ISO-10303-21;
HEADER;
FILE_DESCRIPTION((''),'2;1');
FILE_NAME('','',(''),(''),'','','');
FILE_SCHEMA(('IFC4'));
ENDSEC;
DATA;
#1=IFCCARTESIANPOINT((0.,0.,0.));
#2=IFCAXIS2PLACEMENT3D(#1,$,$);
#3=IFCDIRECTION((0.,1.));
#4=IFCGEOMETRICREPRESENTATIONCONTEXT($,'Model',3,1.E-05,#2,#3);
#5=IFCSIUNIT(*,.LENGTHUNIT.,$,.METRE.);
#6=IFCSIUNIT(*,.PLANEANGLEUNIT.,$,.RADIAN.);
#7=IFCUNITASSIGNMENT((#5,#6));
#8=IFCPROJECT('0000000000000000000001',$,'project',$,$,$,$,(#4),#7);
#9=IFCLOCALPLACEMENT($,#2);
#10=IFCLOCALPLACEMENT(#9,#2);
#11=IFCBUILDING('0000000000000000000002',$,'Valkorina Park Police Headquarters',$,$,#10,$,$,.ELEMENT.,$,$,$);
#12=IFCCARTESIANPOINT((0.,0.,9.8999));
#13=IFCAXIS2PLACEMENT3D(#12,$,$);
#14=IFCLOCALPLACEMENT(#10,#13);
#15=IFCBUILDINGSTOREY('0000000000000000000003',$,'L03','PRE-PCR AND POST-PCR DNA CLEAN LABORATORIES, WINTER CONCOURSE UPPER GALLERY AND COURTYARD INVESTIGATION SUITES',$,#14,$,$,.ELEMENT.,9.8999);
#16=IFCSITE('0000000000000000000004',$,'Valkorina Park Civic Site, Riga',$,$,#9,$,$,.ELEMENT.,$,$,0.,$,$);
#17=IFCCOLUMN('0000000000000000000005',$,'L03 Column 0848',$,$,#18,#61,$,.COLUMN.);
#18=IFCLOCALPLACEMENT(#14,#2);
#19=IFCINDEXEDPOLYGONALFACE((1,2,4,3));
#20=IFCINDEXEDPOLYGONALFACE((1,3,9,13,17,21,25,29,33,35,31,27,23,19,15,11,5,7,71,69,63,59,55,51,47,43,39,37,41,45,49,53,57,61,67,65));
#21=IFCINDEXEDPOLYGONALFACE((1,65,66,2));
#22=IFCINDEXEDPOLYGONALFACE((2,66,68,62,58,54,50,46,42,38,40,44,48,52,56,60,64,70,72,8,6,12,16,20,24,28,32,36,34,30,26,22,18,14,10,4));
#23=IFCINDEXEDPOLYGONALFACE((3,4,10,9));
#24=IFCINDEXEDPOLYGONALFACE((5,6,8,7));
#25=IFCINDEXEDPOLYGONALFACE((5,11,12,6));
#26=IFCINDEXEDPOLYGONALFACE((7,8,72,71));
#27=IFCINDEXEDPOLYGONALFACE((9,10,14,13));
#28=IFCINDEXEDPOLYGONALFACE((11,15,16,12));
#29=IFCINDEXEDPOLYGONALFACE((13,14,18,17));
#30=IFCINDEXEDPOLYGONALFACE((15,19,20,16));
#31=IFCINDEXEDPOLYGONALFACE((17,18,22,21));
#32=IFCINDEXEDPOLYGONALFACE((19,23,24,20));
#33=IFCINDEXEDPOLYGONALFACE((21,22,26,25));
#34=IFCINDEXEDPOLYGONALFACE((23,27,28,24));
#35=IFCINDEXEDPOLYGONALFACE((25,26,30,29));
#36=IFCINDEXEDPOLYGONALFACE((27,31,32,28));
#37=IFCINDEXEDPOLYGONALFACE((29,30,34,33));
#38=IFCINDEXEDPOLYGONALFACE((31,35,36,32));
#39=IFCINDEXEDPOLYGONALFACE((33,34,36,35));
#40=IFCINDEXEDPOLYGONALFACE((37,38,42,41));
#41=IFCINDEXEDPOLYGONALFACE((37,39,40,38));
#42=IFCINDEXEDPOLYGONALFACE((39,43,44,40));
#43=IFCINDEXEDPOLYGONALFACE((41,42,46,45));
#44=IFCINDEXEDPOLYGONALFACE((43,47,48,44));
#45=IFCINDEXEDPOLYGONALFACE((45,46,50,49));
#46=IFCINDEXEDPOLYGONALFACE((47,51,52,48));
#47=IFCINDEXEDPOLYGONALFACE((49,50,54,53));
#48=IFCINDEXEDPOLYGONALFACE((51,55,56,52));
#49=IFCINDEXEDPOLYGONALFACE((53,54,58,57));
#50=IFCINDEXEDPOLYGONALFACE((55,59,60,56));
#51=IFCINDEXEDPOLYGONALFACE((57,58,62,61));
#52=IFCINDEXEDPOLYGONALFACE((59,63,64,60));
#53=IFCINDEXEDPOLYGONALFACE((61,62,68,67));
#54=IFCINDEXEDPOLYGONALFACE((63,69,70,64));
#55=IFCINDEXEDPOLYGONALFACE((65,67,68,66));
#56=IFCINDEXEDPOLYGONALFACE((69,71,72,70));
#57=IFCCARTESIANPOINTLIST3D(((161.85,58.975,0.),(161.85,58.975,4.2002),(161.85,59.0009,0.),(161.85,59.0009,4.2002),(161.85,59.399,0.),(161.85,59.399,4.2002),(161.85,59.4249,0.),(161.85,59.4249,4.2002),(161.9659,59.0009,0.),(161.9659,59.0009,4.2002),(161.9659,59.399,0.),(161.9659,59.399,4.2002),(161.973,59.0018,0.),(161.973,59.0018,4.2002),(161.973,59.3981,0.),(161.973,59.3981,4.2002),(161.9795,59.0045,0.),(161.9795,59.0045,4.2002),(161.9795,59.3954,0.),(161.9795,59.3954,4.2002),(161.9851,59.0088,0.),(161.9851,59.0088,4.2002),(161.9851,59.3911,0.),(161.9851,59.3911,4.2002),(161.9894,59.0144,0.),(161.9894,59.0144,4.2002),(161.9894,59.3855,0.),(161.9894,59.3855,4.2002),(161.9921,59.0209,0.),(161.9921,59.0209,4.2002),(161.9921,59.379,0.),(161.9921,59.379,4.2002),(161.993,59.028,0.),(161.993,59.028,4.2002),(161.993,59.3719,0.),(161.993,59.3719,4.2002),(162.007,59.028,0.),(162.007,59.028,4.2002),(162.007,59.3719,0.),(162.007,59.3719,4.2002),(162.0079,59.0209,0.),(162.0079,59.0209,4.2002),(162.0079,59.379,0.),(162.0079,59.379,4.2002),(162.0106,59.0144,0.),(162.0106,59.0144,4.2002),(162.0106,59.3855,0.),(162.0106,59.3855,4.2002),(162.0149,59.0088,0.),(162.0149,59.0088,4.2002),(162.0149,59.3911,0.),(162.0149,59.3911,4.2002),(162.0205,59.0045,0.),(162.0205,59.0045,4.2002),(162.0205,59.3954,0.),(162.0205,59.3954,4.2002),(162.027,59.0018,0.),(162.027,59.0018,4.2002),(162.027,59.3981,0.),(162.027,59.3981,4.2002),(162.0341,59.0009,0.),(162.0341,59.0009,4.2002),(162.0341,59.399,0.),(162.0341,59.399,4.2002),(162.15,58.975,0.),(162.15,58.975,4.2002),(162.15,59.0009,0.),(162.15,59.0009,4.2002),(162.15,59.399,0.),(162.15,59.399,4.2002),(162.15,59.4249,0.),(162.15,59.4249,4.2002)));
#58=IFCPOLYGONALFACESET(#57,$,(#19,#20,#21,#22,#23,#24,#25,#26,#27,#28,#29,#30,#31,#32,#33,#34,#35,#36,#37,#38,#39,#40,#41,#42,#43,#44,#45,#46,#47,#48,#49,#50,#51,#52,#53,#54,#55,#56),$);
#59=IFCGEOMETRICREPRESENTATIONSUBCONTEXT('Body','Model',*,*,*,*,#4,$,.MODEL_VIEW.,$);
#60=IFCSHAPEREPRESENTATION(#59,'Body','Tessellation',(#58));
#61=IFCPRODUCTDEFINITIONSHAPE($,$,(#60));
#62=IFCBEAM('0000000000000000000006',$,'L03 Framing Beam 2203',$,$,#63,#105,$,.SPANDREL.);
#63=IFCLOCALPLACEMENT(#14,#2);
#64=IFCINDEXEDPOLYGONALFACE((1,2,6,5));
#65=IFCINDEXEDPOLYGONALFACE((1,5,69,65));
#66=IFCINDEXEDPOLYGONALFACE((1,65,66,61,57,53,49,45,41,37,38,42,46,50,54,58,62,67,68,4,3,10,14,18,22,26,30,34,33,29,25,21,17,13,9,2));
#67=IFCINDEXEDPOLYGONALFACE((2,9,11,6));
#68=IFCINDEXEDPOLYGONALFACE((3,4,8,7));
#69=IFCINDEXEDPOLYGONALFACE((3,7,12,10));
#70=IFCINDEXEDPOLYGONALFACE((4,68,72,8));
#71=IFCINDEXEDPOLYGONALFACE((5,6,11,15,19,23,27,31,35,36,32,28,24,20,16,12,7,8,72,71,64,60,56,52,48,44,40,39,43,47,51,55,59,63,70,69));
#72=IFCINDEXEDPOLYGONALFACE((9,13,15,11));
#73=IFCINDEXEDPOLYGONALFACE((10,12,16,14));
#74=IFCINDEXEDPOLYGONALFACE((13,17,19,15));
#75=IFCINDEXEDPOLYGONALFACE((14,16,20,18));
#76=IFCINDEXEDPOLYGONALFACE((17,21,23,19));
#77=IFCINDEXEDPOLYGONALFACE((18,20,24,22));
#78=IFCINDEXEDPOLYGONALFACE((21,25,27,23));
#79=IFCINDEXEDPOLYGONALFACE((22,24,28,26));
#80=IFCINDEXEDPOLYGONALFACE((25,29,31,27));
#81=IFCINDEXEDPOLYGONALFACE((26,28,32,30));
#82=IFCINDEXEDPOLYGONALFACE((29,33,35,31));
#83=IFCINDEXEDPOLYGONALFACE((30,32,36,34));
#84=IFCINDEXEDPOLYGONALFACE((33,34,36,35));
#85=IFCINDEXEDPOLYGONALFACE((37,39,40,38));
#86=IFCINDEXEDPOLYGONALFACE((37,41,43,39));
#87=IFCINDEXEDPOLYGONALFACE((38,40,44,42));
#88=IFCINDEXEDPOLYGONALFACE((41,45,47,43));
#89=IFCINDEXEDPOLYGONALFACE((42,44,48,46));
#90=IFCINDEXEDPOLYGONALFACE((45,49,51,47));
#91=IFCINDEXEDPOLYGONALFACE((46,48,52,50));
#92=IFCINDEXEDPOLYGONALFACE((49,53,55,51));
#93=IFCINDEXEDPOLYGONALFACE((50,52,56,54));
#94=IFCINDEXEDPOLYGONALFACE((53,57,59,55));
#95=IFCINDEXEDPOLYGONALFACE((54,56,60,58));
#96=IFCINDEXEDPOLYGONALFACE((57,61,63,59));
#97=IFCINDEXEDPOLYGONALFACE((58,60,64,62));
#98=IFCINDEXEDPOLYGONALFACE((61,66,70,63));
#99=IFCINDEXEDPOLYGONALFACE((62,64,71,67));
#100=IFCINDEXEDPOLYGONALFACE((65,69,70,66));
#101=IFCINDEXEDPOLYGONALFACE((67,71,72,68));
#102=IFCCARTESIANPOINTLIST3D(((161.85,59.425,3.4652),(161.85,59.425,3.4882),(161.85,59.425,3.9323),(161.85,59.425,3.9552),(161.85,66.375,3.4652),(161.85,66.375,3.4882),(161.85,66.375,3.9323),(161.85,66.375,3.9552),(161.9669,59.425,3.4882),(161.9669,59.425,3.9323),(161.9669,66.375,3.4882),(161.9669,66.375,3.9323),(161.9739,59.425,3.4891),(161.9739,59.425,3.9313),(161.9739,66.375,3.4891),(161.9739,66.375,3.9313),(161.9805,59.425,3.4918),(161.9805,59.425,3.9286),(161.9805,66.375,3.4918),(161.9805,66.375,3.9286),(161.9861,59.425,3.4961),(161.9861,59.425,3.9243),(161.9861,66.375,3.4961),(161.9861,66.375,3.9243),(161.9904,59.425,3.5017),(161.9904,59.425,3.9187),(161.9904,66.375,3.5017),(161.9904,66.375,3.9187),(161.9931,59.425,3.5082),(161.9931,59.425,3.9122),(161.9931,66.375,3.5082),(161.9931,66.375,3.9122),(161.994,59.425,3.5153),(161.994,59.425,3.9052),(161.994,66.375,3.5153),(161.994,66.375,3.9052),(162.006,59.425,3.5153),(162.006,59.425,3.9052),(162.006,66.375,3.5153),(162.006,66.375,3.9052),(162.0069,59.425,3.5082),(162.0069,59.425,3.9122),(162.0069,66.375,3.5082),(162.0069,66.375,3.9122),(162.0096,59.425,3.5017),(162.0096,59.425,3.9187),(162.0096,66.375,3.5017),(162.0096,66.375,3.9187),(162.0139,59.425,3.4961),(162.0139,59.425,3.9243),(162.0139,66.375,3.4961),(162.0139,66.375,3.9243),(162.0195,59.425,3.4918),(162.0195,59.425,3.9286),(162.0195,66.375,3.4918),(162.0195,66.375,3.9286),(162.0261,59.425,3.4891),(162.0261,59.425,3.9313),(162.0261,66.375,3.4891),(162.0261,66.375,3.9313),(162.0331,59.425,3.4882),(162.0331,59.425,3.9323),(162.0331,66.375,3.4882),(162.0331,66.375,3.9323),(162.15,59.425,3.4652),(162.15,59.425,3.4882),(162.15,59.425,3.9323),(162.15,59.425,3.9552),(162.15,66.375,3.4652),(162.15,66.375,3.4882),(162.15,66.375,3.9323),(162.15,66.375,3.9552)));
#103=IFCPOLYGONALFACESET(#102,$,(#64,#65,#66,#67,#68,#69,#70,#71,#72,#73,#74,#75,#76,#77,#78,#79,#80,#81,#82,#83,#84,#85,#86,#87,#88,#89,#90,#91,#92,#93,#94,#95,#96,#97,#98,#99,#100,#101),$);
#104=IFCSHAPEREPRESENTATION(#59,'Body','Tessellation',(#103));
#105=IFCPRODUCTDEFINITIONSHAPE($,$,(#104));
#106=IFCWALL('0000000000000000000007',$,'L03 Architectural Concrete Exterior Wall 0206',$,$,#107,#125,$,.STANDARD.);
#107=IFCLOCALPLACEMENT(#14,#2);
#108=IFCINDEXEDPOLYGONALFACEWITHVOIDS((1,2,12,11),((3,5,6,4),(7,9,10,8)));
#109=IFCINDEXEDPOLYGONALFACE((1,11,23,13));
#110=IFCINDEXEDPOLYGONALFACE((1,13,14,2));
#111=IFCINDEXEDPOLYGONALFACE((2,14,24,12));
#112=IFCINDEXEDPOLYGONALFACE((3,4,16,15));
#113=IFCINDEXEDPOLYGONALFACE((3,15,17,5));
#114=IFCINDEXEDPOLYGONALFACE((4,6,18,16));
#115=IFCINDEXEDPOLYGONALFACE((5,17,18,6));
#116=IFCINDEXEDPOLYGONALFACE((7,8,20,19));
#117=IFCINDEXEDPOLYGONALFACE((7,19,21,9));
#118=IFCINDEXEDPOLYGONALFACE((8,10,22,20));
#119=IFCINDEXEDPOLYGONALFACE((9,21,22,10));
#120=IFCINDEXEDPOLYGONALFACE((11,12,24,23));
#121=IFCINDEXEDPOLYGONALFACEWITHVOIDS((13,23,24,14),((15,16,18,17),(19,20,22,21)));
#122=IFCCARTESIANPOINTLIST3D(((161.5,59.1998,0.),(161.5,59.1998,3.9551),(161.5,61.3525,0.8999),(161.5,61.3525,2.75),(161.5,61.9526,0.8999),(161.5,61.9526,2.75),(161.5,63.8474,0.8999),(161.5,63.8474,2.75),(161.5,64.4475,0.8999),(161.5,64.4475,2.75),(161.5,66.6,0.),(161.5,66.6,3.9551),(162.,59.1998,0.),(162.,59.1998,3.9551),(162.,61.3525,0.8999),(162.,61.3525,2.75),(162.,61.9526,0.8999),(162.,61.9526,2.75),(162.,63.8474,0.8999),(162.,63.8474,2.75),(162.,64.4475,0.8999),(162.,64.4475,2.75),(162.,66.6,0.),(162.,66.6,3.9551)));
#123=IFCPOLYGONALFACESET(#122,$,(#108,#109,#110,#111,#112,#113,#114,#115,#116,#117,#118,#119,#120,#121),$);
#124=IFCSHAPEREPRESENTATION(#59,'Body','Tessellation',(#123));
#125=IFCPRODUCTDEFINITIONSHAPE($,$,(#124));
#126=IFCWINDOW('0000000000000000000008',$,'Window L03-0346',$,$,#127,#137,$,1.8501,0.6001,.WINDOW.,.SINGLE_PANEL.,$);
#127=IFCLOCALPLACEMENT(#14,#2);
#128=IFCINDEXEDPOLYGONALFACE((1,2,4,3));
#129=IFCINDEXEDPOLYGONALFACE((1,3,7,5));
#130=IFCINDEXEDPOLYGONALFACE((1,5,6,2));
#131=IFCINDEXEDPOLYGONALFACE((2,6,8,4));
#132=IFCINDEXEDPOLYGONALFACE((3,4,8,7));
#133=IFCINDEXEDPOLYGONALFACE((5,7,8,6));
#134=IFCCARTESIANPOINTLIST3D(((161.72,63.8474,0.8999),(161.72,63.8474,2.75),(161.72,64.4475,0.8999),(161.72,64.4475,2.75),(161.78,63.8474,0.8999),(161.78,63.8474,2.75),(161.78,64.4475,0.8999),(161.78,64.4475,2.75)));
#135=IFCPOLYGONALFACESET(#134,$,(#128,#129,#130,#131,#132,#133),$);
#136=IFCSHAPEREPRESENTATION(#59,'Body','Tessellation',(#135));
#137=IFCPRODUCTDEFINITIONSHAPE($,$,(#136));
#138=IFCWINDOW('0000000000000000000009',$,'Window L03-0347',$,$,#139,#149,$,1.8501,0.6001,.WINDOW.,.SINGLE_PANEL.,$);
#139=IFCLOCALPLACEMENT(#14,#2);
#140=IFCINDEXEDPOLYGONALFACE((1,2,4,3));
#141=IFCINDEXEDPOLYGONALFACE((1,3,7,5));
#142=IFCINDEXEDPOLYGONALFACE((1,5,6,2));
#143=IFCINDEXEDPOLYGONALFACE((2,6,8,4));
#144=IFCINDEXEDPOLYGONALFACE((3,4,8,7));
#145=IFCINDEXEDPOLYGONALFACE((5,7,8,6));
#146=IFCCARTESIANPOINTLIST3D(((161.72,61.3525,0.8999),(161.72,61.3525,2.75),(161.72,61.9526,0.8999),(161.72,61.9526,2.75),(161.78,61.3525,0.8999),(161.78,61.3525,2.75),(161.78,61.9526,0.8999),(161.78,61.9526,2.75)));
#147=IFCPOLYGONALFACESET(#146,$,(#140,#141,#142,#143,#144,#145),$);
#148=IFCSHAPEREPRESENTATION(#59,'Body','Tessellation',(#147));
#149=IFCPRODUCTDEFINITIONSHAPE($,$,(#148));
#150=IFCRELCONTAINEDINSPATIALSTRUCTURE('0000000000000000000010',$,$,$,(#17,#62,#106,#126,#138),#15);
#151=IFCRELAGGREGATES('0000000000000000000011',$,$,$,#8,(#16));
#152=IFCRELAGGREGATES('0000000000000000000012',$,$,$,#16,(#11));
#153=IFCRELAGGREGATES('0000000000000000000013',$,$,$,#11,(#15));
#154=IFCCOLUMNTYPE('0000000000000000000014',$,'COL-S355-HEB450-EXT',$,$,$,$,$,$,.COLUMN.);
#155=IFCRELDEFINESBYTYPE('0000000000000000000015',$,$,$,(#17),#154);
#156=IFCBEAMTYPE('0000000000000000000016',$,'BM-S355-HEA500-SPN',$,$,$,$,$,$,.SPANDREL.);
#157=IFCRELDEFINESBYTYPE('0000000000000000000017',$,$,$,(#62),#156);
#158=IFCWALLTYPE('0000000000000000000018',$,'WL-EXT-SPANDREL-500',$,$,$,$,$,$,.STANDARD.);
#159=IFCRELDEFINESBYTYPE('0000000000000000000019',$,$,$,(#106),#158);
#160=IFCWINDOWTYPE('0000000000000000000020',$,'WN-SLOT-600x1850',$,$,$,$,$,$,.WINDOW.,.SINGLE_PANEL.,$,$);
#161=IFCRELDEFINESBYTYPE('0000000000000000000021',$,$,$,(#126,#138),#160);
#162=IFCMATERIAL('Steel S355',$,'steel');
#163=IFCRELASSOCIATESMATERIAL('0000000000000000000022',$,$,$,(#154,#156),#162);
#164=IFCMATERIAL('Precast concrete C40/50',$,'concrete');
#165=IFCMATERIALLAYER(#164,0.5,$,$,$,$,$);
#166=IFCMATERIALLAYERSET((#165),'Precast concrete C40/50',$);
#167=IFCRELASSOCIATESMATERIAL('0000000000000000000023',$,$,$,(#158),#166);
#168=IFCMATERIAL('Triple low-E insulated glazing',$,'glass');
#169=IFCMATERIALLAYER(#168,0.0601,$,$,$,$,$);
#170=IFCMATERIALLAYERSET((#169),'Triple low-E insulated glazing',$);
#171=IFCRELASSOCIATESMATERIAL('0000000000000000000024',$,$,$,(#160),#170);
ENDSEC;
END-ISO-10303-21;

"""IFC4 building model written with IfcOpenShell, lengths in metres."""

from ifc_helpers import new_model, si_unit, direction, frame, frame_2d, origin, origin_2d, place, context, subcontext, project, spatial, rectangle, i_section, extrude, material, layer, layer_set, material_profile, profile_set, type_object, element, fill, save


model = new_model("IFC4")

# Units and contexts
model_context = context("Model", 3, precision=1e-05, world=origin(), true_north=direction((0.0, 1.0)))
body_context = subcontext(model_context, "Body", "Model", "MODEL_VIEW")
ifc_project = project(units=[si_unit("LENGTHUNIT", "METRE"), si_unit("PLANEANGLEUNIT", "RADIAN")], contexts=[model_context])

# Site, building, storey
site_placement = place(None, origin())
site = spatial("IfcSite", under=ifc_project, at=site_placement, Name="Valkorina Park Civic Site, Riga", CompositionType="ELEMENT", RefElevation=0.0)
building_placement = place(site_placement, origin())
building = spatial("IfcBuilding", under=site, at=building_placement, Name="Valkorina Park Police Headquarters", CompositionType="ELEMENT")
storey_placement = place(building_placement, frame((0.0, 0.0, 9.8999)))
storey = spatial("IfcBuildingStorey", under=building, at=storey_placement, Name="L03", Description="PRE-PCR AND POST-PCR DNA CLEAN LABORATORIES, WINTER CONCOURSE UPPER GALLERY AND COURTYARD INVESTIGATION SUITES", CompositionType="ELEMENT", Elevation=9.8999)

# Column
ifc_material_1 = material(Name="Steel S355", Category="steel")
ifc_material_profile_1 = material_profile(ifc_material_1, i_section(OverallWidth=0.3, OverallDepth=0.45, WebThickness=0.0139, FlangeThickness=0.0259, FilletRadius=0.0271, at=origin_2d()), Name="HEB 450")
ifc_profile_set_1 = profile_set([ifc_material_profile_1], Name="Steel S355")
column_type = type_object("IfcColumnType", Name="COL-S355-HEB450-EXT", PredefinedType="COLUMN", material=ifc_profile_set_1)
column_placement = place(storey_placement, frame((162.0, 59.2, 0.0), z_axis=(0.0, 0.0, 1.0), x_axis=(1.0, 0.0, 0.0)))
element("IfcColumn", 1, at=column_placement, inside=storey, type_object=column_type, Name="L03 Column 0848", PredefinedType="COLUMN", context=body_context, shape_type="SweptSolid", body=[
    extrude(i_section(OverallWidth=0.3, OverallDepth=0.45, WebThickness=0.0139, FlangeThickness=0.0259, FilletRadius=0.0271, at=origin_2d()), origin(), (0.0, 0.0, 1.0), 4.2002),
])

# Beam
ifc_material_profile_2 = material_profile(ifc_material_1, i_section(OverallWidth=0.3, OverallDepth=0.49, WebThickness=0.012, FlangeThickness=0.0229, FilletRadius=0.0271, at=origin_2d()), Name="HEA 500")
ifc_profile_set_2 = profile_set([ifc_material_profile_2], Name="Steel S355")
beam_type = type_object("IfcBeamType", Name="BM-S355-HEA500-SPN", PredefinedType="SPANDREL", material=ifc_profile_set_2)
beam_placement = place(storey_placement, frame((162.0, 59.425, 3.7102), z_axis=(0.0, 1.0, 0.0), x_axis=(-1.0, 0.0, 0.0)))
element("IfcBeam", 2, at=beam_placement, inside=storey, type_object=beam_type, Name="L03 Framing Beam 2203", PredefinedType="SPANDREL", context=body_context, shape_type="SweptSolid", body=[
    extrude(i_section(OverallWidth=0.3, OverallDepth=0.49, WebThickness=0.012, FlangeThickness=0.0229, FilletRadius=0.0271, at=origin_2d()), origin(), (0.0, 0.0, 1.0), 6.95),
])

# Wall, openings, windows
ifc_material_2 = material(Name="Precast concrete C40/50", Category="concrete")
ifc_layer_1 = layer(ifc_material_2, 0.5)
ifc_layer_set_1 = layer_set([ifc_layer_1], Name="Precast concrete C40/50")
wall_type = type_object("IfcWallType", Name="WL-EXT-SPANDREL-500", PredefinedType="STANDARD", material=ifc_layer_set_1)
wall_1_placement = place(storey_placement, frame((161.75, 66.6001, 0.0), z_axis=(0.0, 0.0, 1.0), x_axis=(0.0, -1.0, 0.0)))
wall_1 = element("IfcWall", 3, at=wall_1_placement, inside=storey, type_object=wall_type, Name="L03 Architectural Concrete Exterior Wall 0206", PredefinedType="STANDARD", context=body_context, shape_type="SweptSolid", body=[
    extrude(rectangle(XDim=7.4001, YDim=0.5, at=frame_2d((3.7002, 0.0))), origin(), (0.0, 0.0, 1.0), 3.9551),
])
opening_1_placement = place(wall_1_placement, frame((2.1526, 0.0, 0.8999)))
opening_1 = element("IfcOpeningElement", 4, at=opening_1_placement, cuts=wall_1, PredefinedType="OPENING", context=body_context, shape_type="SweptSolid", body=[
    extrude(rectangle(XDim=0.6001, YDim=1.8501, at=frame_2d((0.3, 0.925))), frame((0.0, 0.26, 0.0), z_axis=(0.0, -1.0, 0.0), x_axis=(1.0, 0.0, 0.0)), (0.0, 0.0, 1.0), 0.52),
])
opening_2_placement = place(wall_1_placement, frame((4.6475, 0.0, 0.8999)))
opening_2 = element("IfcOpeningElement", 5, at=opening_2_placement, cuts=wall_1, PredefinedType="OPENING", context=body_context, shape_type="SweptSolid", body=[
    extrude(rectangle(XDim=0.6001, YDim=1.8501, at=frame_2d((0.3, 0.925))), frame((0.0, 0.26, 0.0), z_axis=(0.0, -1.0, 0.0), x_axis=(1.0, 0.0, 0.0)), (0.0, 0.0, 1.0), 0.52),
])
ifc_material_3 = material(Name="Triple low-E insulated glazing", Category="glass")
ifc_layer_2 = layer(ifc_material_3, 0.0601)
ifc_layer_set_2 = layer_set([ifc_layer_2], Name="Triple low-E insulated glazing")
window_type_1 = type_object("IfcWindowType", Name="WN-SLOT-600x1850", PartitioningType="SINGLE_PANEL", PredefinedType="WINDOW", material=ifc_layer_set_2)
window_1_placement = place(opening_1_placement, origin())
window_1 = element("IfcWindow", 6, at=window_1_placement, inside=storey, type_object=window_type_1, Name="Window L03-0346", OverallHeight=1.8501, OverallWidth=0.6001, PartitioningType="SINGLE_PANEL", PredefinedType="WINDOW", context=body_context, shape_type="SweptSolid", body=[
    extrude(rectangle(XDim=0.6001, YDim=1.8501, at=frame_2d((0.3, 0.925))), frame((0.0, 0.03, 0.0), z_axis=(0.0, -1.0, 0.0), x_axis=(1.0, 0.0, 0.0)), (0.0, 0.0, 1.0), 0.0601),
])
fill(opening_1, window_1)
window_2_placement = place(opening_2_placement, origin())
window_2 = element("IfcWindow", 7, at=window_2_placement, inside=storey, type_object=window_type_1, Name="Window L03-0347", OverallHeight=1.8501, OverallWidth=0.6001, PartitioningType="SINGLE_PANEL", PredefinedType="WINDOW", context=body_context, shape_type="SweptSolid", body=[
    extrude(rectangle(XDim=0.6001, YDim=1.8501, at=frame_2d((0.3, 0.925))), frame((0.0, 0.03, 0.0), z_axis=(0.0, -1.0, 0.0), x_axis=(1.0, 0.0, 0.0)), (0.0, 0.0, 1.0), 0.0601),
])
fill(opening_2, window_2)

save(model, "model.ifc")
